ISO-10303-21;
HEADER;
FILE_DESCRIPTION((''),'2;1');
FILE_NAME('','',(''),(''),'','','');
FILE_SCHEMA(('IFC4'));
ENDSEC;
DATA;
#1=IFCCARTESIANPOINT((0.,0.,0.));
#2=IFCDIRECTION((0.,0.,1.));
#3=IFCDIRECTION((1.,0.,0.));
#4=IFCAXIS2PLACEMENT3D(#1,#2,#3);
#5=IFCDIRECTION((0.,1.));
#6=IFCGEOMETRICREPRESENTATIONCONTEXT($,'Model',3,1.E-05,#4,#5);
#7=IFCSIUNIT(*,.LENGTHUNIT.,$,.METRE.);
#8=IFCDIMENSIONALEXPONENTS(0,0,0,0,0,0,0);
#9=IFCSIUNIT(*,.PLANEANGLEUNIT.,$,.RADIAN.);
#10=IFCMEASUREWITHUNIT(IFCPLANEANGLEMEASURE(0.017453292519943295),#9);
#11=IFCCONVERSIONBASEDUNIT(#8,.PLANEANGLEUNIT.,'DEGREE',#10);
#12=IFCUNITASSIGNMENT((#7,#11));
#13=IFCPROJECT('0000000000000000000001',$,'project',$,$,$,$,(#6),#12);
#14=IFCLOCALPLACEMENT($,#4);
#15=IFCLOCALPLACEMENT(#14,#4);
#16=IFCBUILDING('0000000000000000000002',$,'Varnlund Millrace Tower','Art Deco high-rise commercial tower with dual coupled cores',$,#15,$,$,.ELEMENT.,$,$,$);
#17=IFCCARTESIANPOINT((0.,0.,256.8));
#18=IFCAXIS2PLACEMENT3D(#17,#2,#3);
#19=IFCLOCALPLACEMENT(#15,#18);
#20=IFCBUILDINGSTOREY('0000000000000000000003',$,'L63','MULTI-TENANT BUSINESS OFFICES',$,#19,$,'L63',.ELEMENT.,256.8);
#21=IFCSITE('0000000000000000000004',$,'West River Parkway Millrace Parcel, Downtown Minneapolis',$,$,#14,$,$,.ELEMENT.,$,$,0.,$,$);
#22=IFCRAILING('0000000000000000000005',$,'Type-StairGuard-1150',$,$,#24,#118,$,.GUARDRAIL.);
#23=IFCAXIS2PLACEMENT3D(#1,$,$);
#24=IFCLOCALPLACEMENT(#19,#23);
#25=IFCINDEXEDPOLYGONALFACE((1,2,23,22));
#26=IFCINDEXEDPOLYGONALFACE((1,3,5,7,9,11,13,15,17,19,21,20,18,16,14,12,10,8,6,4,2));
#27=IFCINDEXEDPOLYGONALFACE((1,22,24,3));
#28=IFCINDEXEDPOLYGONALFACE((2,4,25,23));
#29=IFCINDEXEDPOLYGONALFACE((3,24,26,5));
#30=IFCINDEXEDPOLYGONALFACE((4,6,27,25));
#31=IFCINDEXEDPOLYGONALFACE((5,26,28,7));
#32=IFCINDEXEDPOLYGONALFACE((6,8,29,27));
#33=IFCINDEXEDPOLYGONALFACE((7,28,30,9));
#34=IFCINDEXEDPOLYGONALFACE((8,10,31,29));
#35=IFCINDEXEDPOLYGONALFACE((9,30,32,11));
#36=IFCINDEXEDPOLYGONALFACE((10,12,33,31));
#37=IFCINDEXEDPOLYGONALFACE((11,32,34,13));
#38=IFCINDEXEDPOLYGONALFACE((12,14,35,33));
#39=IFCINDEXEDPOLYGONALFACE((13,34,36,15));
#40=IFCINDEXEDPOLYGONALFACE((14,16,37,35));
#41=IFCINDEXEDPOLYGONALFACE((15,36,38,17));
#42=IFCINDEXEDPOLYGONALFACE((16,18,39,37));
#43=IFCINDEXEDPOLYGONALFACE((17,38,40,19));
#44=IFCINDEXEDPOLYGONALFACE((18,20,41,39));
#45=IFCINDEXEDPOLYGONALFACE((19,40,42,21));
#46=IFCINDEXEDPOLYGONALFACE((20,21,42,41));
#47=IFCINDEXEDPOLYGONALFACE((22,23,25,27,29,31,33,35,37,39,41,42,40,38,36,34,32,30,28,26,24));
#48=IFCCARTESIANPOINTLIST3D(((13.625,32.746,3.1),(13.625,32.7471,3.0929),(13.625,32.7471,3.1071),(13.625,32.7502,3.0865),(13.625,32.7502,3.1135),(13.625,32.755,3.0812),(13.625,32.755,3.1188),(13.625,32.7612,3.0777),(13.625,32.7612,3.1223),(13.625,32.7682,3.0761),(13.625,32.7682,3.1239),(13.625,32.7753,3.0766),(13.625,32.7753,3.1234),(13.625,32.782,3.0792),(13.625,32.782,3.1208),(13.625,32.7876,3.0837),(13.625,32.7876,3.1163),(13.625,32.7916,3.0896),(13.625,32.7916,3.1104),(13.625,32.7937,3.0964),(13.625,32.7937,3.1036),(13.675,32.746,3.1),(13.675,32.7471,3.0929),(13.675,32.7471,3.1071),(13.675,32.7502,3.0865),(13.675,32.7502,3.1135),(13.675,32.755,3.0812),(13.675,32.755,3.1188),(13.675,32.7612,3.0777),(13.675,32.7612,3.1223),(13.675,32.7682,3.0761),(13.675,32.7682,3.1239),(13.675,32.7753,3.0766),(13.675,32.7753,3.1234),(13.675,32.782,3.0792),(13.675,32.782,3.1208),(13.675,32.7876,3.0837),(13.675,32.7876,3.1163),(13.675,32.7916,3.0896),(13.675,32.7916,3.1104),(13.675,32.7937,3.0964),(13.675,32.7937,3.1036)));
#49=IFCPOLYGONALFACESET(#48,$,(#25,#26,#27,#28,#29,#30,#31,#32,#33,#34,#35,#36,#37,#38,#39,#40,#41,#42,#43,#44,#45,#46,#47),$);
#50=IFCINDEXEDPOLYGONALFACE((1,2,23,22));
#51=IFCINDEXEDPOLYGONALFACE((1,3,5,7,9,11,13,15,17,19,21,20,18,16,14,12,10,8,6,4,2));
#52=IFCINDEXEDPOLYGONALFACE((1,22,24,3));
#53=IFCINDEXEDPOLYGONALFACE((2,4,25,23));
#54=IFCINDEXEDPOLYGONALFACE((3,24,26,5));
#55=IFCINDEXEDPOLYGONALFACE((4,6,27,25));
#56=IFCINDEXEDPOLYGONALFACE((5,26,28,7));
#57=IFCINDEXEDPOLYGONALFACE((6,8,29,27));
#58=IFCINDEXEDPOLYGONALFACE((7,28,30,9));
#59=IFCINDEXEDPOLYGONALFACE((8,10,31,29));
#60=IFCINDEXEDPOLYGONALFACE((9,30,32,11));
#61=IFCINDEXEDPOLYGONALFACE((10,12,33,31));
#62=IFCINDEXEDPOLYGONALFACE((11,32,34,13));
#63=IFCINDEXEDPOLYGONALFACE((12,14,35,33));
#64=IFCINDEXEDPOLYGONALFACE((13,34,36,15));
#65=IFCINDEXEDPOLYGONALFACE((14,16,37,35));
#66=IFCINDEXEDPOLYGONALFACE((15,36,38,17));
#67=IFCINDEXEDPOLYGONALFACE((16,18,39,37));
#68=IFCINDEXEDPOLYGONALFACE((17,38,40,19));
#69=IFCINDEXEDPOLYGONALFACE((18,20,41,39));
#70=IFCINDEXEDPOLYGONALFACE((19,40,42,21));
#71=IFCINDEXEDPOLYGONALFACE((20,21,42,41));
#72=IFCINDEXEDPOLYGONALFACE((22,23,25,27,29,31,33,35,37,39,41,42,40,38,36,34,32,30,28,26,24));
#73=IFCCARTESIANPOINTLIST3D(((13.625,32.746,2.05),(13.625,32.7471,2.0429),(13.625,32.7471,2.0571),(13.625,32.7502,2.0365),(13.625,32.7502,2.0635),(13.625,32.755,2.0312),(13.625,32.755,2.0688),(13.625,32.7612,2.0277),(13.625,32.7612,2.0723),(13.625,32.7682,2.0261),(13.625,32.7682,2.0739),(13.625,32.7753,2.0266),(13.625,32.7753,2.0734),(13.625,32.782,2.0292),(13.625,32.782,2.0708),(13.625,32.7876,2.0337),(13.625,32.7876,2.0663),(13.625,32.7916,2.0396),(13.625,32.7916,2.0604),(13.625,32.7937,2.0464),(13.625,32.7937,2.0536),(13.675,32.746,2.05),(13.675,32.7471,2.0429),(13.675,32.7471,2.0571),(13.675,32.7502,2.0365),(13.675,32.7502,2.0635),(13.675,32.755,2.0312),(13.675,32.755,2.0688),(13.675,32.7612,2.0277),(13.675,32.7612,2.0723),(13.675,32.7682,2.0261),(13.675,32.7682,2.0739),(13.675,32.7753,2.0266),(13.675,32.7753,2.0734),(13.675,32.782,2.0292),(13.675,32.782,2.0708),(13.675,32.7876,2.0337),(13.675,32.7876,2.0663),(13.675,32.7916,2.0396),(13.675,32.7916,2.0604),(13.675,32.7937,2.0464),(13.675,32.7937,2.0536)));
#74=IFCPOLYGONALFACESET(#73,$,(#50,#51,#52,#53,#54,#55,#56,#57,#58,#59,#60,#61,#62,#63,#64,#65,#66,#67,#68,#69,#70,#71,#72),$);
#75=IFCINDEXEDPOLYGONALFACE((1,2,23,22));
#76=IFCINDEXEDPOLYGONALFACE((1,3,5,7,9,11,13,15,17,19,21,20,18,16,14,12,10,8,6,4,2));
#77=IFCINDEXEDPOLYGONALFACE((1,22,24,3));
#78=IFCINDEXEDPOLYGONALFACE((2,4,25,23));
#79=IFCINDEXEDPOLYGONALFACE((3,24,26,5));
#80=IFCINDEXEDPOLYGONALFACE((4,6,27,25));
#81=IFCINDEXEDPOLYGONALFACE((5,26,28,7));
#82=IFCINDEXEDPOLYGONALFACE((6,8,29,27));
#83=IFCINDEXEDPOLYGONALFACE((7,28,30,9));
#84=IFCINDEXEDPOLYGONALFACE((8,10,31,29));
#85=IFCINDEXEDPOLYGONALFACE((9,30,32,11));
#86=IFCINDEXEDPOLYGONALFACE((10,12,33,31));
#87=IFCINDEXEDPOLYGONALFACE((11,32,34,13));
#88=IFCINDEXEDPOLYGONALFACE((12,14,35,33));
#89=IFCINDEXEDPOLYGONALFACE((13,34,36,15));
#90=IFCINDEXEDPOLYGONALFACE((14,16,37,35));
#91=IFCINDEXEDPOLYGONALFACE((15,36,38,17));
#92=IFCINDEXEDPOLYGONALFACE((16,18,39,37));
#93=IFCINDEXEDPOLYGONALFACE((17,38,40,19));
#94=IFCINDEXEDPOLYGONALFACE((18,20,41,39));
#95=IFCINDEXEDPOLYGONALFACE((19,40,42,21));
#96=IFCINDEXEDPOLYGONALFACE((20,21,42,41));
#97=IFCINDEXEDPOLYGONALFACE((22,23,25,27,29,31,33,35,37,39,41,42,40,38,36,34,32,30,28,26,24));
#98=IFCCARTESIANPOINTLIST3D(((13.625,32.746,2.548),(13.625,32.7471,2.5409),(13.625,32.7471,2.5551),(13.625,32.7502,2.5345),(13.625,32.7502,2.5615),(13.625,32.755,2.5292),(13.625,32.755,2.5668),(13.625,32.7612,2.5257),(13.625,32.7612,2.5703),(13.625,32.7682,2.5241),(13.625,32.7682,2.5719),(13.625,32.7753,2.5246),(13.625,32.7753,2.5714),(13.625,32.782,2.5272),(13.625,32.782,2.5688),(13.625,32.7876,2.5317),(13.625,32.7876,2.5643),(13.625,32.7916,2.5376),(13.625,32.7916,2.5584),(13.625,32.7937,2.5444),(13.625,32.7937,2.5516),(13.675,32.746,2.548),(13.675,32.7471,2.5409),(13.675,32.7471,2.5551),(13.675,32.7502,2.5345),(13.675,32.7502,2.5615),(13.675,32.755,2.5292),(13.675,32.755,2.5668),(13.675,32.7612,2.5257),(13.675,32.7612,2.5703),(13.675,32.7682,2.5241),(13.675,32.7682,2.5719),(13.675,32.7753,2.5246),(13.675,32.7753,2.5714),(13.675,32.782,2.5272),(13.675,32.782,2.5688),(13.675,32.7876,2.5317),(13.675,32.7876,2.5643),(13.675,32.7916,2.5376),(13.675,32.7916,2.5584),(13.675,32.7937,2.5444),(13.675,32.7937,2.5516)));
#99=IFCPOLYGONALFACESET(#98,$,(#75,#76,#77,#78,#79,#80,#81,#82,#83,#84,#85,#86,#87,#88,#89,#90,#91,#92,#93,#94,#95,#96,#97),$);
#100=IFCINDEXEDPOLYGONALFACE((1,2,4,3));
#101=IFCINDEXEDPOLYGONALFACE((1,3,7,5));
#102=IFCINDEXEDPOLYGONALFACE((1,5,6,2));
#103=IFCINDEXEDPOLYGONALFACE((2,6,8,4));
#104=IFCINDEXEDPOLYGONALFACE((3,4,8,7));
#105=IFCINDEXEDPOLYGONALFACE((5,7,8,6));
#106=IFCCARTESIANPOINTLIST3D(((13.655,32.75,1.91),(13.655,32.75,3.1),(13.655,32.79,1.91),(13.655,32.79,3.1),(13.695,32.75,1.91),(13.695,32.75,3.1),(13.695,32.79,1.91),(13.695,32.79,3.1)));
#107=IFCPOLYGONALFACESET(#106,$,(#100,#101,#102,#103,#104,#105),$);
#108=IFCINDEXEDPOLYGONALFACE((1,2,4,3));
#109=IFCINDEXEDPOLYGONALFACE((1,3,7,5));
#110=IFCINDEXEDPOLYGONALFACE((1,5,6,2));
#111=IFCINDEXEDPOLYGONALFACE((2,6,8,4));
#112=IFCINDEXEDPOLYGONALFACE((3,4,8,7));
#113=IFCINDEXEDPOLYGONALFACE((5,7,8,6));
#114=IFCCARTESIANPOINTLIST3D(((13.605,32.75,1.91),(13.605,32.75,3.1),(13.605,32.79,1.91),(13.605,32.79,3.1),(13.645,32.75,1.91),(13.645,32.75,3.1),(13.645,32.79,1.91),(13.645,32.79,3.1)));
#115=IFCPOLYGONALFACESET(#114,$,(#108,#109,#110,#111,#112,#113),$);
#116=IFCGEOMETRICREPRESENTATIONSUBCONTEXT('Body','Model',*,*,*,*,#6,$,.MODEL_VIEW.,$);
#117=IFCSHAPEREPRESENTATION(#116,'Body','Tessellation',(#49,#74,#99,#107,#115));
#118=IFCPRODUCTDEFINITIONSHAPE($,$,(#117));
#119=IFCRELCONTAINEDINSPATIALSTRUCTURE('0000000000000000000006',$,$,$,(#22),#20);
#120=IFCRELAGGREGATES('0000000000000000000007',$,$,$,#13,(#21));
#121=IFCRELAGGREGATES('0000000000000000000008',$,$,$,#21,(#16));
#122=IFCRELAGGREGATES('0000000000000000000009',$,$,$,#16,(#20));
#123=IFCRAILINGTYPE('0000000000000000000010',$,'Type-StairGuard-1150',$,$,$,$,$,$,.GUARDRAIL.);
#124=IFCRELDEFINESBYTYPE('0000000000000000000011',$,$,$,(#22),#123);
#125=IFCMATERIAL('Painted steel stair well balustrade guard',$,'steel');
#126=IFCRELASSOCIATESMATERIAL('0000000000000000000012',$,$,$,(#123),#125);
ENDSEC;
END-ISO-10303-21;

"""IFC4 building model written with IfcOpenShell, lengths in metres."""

from ifc_helpers import new_model, entity, si_unit, converted_unit, direction, frame, origin_with_axes, origin_2d_with_axis, place, context, subcontext, project, spatial, rectangle, circle, extrude, material, type_object, element, save


model = new_model("IFC4")

# Units and contexts
model_context = context("Model", 3, precision=1e-05, world=origin_with_axes(), true_north=direction((0.0, 1.0)))
body_context = subcontext(model_context, "Body", "Model", "MODEL_VIEW")
ifc_project = project(units=[si_unit("LENGTHUNIT", "METRE"), converted_unit("PLANEANGLEUNIT", "DEGREE", entity("IfcPlaneAngleMeasure", 0.017453292519943295), si_unit("PLANEANGLEUNIT", "RADIAN"), dimensions=[0, 0, 0, 0, 0, 0, 0])], contexts=[model_context])

# Site, building, storey
site_placement = place(None, origin_with_axes())
site = spatial("IfcSite", under=ifc_project, at=site_placement, Name="West River Parkway Millrace Parcel, Downtown Minneapolis", CompositionType="ELEMENT", RefElevation=0.0)
building_placement = place(site_placement, origin_with_axes())
building = spatial("IfcBuilding", under=site, at=building_placement, Name="Varnlund Millrace Tower", Description="Art Deco high-rise commercial tower with dual coupled cores", CompositionType="ELEMENT")
storey_placement = place(building_placement, frame((0.0, 0.0, 256.8), z_axis=(0.0, 0.0, 1.0), x_axis=(1.0, 0.0, 0.0)))
storey = spatial("IfcBuildingStorey", under=building, at=storey_placement, Name="L63", Description="MULTI-TENANT BUSINESS OFFICES", LongName="L63", CompositionType="ELEMENT", Elevation=256.8)

# Railing
ifc_material_1 = material(Name="Painted steel stair well balustrade guard", Category="steel")
railing_type_1 = type_object("IfcRailingType", Name="Type-StairGuard-1150", PredefinedType="GUARDRAIL", material=ifc_material_1)
railing_1_placement = place(storey_placement, frame((0.0, 0.0, -256.8), z_axis=(0.0, 0.0, 1.0), x_axis=(1.0, 0.0, 0.0)))
element("IfcRailing", 1, at=railing_1_placement, inside=storey, type_object=railing_type_1, Name="Type-StairGuard-1150", PredefinedType="GUARDRAIL", context=body_context, shape_type="SweptSolid", body=[
    extrude(circle(Radius=0.024, at=origin_2d_with_axis()), frame((13.675, 32.77, 259.9), z_axis=(-1.0, 0.0, 0.0), x_axis=(0.0, -1.0, 0.0)), (0.0, 0.0, 1.0), 0.05),
    extrude(circle(Radius=0.024, at=origin_2d_with_axis()), frame((13.675, 32.77, 258.85), z_axis=(-1.0, 0.0, 0.0), x_axis=(0.0, -1.0, 0.0)), (0.0, 0.0, 1.0), 0.05),
    extrude(circle(Radius=0.024, at=origin_2d_with_axis()), frame((13.675, 32.77, 259.348), z_axis=(-1.0, 0.0, 0.0), x_axis=(0.0, -1.0, 0.0)), (0.0, 0.0, 1.0), 0.05),
    extrude(rectangle(XDim=0.04, YDim=0.04, at=origin_2d_with_axis()), frame((13.675, 32.77, 258.71), z_axis=(0.0, 0.0, 1.0), x_axis=(1.0, 0.0, 0.0)), (0.0, 0.0, 1.0), 1.19),
    extrude(rectangle(XDim=0.04, YDim=0.04, at=origin_2d_with_axis()), frame((13.625, 32.77, 258.71), z_axis=(0.0, 0.0, 1.0), x_axis=(1.0, 0.0, 0.0)), (0.0, 0.0, 1.0), 1.19),
])

save(model, "model.ifc")
